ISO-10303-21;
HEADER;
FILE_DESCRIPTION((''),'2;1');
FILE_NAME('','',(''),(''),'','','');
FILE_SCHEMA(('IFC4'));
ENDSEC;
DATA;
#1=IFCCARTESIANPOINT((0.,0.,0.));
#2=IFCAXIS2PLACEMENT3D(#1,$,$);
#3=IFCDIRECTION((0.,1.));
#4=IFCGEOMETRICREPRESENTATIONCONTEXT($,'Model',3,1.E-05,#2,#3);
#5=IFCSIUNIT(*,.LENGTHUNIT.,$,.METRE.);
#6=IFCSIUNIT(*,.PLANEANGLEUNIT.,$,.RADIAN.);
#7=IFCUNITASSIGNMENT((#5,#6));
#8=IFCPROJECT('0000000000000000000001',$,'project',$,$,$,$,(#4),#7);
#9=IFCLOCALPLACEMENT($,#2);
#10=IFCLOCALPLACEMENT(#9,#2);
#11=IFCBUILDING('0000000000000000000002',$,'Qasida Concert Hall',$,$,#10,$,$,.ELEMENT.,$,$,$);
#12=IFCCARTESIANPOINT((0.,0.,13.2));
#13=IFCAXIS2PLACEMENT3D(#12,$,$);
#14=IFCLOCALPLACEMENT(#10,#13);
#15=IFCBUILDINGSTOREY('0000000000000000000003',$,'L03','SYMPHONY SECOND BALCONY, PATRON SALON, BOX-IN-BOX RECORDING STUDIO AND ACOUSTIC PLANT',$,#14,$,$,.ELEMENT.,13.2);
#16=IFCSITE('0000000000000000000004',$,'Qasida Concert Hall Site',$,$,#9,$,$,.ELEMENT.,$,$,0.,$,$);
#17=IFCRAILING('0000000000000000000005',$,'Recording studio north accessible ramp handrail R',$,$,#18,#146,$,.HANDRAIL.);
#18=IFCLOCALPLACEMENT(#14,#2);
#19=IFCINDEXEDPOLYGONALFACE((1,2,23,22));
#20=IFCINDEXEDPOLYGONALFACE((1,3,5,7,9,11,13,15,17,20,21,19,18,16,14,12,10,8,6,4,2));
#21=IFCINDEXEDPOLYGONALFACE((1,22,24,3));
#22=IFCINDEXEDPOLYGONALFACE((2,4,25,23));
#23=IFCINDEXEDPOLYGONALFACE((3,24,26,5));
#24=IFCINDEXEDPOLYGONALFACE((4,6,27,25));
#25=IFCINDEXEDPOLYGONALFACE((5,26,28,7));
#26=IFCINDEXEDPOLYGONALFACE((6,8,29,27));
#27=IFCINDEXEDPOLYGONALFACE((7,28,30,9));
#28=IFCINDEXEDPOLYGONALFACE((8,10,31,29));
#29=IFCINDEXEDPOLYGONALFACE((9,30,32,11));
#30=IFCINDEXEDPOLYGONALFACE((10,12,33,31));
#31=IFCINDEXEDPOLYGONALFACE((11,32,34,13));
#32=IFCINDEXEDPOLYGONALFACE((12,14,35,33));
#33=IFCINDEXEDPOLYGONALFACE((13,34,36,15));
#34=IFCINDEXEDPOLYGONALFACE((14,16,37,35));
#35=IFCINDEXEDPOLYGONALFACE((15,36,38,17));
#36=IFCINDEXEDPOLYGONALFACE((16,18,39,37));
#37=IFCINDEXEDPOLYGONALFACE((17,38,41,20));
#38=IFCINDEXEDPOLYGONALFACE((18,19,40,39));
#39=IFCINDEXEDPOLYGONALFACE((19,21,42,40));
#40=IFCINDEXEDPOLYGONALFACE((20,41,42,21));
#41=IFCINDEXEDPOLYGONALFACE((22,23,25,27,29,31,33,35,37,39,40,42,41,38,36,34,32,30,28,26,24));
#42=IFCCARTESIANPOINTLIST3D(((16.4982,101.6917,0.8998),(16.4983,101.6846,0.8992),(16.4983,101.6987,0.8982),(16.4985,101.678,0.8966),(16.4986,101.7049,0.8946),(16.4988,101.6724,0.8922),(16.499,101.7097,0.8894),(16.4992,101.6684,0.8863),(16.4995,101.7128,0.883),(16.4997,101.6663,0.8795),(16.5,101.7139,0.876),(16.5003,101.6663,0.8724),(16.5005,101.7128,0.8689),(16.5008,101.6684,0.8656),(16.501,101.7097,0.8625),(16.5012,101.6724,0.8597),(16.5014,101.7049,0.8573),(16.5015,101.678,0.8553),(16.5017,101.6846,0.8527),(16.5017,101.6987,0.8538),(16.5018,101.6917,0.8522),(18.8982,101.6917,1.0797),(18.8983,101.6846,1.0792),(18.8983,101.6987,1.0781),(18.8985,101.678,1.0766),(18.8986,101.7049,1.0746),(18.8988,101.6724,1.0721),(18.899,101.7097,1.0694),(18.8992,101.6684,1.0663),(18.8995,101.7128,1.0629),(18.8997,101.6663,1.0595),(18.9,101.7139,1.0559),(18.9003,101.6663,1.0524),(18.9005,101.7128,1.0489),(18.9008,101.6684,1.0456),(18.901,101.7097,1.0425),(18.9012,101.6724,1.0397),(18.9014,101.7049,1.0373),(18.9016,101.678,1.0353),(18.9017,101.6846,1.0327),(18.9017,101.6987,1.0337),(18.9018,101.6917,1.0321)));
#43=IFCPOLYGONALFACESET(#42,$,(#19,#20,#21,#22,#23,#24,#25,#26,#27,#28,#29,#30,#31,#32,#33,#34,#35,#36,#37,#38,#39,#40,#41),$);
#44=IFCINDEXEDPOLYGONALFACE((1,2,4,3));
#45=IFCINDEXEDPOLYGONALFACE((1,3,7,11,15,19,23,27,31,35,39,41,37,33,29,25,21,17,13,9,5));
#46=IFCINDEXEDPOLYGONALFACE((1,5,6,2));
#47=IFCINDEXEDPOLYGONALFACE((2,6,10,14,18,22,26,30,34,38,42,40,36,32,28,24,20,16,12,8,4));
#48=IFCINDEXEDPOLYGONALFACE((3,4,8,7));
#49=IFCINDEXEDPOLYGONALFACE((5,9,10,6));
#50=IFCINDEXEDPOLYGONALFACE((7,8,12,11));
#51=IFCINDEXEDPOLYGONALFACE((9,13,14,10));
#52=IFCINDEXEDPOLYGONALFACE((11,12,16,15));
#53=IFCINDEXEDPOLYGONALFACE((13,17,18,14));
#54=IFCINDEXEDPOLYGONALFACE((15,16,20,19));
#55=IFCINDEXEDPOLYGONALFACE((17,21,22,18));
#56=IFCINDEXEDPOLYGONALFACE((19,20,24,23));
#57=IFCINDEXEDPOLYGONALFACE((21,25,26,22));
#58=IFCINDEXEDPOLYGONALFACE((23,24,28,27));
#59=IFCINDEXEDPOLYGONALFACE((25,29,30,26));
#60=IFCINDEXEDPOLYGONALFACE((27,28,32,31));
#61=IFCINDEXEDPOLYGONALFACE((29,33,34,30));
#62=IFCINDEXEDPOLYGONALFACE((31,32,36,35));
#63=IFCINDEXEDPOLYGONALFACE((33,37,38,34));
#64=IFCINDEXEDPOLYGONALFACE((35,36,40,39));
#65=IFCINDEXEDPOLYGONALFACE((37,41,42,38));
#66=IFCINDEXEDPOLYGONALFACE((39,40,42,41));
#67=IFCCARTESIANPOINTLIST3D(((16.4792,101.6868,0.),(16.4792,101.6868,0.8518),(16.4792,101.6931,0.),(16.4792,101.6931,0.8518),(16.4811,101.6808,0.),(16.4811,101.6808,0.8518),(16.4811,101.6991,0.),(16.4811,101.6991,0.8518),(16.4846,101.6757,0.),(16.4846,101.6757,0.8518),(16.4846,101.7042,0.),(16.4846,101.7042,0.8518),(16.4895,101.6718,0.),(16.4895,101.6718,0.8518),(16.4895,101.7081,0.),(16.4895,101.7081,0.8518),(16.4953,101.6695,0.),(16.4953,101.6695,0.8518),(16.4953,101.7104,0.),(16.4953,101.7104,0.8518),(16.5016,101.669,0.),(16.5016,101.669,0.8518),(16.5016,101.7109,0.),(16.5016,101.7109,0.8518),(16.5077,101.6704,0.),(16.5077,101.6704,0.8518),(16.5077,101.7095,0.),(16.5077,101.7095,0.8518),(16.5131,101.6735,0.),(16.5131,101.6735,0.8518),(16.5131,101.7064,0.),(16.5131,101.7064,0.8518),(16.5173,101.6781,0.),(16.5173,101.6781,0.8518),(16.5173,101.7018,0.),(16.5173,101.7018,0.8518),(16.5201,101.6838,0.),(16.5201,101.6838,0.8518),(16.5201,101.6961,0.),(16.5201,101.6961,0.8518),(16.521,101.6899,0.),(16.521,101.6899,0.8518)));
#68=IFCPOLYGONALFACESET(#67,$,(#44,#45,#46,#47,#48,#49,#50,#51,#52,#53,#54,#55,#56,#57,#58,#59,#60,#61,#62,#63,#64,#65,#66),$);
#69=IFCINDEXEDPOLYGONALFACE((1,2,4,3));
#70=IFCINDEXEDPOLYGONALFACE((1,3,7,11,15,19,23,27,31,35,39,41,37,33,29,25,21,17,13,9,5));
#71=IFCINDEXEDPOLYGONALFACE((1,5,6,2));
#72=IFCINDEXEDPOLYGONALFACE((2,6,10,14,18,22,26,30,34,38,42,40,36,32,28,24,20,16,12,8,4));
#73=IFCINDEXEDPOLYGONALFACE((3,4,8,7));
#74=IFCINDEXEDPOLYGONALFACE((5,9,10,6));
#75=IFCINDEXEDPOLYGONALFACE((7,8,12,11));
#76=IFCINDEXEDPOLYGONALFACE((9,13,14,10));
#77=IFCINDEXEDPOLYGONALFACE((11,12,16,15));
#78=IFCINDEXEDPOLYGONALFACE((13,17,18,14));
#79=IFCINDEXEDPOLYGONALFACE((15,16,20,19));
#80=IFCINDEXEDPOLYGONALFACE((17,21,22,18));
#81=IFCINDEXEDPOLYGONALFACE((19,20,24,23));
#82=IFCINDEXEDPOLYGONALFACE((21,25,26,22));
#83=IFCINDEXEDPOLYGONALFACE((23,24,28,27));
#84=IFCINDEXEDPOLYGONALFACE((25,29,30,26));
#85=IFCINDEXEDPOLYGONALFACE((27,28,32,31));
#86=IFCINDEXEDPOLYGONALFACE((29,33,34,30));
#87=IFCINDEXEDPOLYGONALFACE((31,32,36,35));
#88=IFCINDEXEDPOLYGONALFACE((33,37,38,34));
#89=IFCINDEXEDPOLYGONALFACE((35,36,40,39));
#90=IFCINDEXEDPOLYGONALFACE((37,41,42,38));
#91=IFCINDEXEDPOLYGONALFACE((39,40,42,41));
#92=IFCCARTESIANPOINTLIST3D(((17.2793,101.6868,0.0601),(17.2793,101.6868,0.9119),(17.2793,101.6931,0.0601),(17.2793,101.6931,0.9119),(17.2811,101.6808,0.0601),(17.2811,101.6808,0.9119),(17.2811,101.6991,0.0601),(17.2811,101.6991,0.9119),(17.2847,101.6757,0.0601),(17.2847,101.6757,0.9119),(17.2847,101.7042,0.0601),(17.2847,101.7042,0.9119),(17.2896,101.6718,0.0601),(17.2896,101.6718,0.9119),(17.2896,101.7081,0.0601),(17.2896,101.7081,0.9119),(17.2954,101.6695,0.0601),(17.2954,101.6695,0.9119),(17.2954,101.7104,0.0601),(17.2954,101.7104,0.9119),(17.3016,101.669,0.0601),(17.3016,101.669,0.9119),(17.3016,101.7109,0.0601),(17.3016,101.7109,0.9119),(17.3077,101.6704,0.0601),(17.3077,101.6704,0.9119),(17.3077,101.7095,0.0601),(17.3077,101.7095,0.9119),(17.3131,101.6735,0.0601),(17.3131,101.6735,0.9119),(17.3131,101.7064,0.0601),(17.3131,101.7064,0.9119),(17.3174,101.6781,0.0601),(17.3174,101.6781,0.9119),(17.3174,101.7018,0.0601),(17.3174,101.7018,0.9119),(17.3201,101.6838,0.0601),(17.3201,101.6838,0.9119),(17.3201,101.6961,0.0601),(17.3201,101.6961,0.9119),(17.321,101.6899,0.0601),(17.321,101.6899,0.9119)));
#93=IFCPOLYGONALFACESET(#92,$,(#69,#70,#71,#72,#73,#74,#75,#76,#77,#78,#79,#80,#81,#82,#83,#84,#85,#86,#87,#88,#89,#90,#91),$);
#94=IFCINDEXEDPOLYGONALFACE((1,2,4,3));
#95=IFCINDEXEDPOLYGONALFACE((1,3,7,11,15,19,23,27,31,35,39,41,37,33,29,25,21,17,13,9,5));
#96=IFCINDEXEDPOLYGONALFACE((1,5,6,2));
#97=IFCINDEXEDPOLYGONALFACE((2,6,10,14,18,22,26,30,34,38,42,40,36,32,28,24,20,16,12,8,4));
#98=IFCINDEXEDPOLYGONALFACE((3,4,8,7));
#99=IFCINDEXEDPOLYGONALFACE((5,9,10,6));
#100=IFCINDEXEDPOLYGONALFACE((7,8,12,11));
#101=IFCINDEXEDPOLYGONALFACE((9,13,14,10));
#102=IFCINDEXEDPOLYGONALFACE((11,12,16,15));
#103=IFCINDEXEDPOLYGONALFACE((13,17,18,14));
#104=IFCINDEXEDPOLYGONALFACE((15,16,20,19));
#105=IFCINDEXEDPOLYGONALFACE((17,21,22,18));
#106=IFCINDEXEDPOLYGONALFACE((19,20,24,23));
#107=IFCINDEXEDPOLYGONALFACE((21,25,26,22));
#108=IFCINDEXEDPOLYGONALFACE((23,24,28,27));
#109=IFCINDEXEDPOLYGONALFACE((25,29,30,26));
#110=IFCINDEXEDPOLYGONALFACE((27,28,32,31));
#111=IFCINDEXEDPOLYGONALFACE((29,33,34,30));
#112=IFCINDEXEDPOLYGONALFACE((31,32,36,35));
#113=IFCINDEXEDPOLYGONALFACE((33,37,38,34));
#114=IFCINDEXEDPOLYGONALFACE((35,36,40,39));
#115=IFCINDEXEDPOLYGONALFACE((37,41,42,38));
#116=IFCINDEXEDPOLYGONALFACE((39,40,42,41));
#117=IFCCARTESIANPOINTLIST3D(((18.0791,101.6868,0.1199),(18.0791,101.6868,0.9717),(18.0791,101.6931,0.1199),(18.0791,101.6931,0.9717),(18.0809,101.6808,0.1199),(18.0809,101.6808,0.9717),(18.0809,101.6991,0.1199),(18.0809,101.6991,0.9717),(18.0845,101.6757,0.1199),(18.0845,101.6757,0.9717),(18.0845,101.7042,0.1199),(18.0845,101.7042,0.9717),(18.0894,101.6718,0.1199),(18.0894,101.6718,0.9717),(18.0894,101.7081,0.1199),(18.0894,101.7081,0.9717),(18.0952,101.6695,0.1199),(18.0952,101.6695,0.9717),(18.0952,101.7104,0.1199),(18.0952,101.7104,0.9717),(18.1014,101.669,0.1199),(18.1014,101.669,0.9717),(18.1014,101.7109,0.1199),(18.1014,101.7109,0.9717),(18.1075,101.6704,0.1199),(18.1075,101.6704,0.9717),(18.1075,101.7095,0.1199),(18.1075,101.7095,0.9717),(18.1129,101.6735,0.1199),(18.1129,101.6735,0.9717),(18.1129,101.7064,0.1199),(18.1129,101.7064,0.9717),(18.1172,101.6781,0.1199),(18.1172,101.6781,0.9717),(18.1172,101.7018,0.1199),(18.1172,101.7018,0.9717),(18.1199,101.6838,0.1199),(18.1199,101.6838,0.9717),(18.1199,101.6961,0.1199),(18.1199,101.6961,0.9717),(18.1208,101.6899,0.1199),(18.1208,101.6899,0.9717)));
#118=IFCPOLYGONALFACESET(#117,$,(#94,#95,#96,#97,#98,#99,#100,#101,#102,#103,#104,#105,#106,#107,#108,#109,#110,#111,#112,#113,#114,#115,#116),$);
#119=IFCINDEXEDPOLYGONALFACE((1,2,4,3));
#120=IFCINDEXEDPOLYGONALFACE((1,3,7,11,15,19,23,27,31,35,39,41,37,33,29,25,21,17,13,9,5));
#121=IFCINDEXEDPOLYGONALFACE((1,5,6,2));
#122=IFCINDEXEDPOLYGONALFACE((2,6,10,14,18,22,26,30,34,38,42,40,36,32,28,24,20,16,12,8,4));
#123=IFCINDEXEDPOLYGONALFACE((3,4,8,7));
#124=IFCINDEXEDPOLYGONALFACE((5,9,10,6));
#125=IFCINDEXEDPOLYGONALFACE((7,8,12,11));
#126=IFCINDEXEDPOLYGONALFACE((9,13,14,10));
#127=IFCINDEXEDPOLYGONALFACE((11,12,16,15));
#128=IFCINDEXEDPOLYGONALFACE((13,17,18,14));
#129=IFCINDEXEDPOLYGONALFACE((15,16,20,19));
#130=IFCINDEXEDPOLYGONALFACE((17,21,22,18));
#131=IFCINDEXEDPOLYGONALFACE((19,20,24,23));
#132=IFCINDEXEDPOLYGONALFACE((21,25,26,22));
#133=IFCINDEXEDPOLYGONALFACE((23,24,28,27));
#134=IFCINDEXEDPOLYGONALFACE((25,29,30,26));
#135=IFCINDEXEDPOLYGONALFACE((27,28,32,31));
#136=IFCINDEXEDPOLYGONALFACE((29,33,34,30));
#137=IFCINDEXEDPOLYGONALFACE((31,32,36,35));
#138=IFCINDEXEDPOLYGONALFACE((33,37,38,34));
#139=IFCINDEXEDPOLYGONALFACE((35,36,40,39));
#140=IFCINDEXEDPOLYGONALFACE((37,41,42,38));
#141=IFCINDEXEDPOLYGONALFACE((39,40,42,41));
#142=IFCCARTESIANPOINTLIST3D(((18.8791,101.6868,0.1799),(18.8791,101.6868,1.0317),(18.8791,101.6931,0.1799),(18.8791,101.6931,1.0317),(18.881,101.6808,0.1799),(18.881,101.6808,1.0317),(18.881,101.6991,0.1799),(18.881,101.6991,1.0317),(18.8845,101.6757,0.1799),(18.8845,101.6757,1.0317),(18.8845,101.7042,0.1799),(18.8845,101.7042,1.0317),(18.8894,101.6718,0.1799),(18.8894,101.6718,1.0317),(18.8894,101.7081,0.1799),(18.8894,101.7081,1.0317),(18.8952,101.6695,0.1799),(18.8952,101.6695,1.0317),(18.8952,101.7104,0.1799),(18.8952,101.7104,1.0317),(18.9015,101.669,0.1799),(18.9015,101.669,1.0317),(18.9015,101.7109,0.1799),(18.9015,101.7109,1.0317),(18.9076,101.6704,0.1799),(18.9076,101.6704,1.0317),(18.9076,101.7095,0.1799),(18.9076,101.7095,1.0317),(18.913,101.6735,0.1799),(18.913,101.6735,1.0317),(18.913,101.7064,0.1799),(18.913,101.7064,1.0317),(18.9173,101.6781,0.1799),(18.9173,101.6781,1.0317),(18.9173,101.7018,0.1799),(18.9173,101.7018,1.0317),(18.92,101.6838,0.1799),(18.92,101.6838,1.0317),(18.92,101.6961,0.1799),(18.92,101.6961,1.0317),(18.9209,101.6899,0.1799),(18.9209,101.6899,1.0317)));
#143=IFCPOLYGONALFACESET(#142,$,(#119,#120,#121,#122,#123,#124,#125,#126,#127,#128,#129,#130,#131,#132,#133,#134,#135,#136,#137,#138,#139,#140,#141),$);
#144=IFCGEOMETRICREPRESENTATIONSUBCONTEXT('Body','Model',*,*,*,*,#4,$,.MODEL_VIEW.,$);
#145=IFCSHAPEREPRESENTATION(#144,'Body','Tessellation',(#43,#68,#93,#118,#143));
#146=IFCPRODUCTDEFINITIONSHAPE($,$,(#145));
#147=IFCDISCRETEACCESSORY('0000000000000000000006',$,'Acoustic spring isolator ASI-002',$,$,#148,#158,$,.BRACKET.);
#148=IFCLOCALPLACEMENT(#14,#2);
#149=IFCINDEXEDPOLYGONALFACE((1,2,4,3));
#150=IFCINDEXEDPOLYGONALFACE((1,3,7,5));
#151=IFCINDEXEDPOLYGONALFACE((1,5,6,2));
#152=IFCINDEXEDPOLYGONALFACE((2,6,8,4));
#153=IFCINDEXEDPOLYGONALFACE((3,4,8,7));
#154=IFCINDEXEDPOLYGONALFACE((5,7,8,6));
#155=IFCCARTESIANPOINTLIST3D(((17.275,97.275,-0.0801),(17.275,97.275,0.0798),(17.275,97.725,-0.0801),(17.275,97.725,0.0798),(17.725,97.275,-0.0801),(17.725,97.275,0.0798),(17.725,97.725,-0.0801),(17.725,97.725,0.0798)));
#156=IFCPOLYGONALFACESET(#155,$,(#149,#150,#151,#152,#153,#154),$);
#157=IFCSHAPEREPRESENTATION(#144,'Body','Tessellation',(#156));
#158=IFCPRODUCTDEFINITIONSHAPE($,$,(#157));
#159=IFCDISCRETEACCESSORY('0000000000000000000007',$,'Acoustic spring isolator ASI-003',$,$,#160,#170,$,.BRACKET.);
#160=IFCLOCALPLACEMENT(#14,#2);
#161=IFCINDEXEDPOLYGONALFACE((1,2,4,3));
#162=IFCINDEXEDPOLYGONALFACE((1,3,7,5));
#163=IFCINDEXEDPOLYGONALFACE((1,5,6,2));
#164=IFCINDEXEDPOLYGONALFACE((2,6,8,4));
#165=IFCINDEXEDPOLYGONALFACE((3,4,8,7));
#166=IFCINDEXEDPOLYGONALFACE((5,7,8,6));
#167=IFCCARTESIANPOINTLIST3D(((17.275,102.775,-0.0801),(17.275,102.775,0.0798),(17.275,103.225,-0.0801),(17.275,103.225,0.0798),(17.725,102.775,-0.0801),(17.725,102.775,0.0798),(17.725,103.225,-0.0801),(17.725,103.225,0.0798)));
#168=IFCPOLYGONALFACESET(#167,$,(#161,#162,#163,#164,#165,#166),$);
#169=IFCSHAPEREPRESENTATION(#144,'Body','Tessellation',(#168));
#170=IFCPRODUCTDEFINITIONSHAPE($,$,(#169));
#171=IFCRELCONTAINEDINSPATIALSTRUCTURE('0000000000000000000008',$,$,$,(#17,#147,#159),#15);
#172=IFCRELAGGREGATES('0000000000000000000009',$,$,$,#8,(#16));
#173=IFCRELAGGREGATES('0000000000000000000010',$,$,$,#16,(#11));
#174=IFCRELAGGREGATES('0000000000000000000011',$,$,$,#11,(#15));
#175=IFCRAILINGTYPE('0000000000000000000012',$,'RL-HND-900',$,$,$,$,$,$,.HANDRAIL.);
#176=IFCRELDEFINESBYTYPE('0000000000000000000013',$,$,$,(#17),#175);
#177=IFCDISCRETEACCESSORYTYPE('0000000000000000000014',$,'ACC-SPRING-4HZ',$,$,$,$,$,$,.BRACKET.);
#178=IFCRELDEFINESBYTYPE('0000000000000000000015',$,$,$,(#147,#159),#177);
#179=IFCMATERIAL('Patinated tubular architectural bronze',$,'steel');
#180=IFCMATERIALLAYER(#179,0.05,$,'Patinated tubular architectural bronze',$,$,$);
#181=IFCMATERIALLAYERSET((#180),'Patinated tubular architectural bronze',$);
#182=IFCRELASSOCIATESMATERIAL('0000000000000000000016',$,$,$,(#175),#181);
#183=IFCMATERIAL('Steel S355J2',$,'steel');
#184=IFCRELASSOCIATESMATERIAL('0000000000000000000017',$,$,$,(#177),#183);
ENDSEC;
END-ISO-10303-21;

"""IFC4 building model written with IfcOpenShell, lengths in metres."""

from ifc_helpers import new_model, si_unit, direction, frame, origin, origin_2d, place, context, subcontext, project, spatial, rectangle, circle, extrude, material, layer, layer_set, type_object, element, save


model = new_model("IFC4")

# Units and contexts
model_context = context("Model", 3, precision=1e-05, world=origin(), true_north=direction((0.0, 1.0)))
body_context = subcontext(model_context, "Body", "Model", "MODEL_VIEW")
ifc_project = project(units=[si_unit("LENGTHUNIT", "METRE"), si_unit("PLANEANGLEUNIT", "RADIAN")], contexts=[model_context])

# Site, building, storey
site_placement = place(None, origin())
site = spatial("IfcSite", under=ifc_project, at=site_placement, Name="Qasida Concert Hall Site", CompositionType="ELEMENT", RefElevation=0.0)
building_placement = place(site_placement, origin())
building = spatial("IfcBuilding", under=site, at=building_placement, Name="Qasida Concert Hall", CompositionType="ELEMENT")
storey_placement = place(building_placement, frame((0.0, 0.0, 13.2)))
storey = spatial("IfcBuildingStorey", under=building, at=storey_placement, Name="L03", Description="SYMPHONY SECOND BALCONY, PATRON SALON, BOX-IN-BOX RECORDING STUDIO AND ACOUSTIC PLANT", CompositionType="ELEMENT", Elevation=13.2)

# Shared definitions
ifc_material_1 = material(Name="Steel S355J2", Category="steel")

# Railing
ifc_material_2 = material(Name="Patinated tubular architectural bronze", Category="steel")
ifc_layer_1 = layer(ifc_material_2, 0.05, Name="Patinated tubular architectural bronze")
ifc_layer_set_1 = layer_set([ifc_layer_1], Name="Patinated tubular architectural bronze")
railing_type_1 = type_object("IfcRailingType", Name="RL-HND-900", PredefinedType="HANDRAIL", material=ifc_layer_set_1)
for number, where, name in (
    (1, (16.5, 101.6899, 0.0), "Recording studio north accessible ramp handrail R"),
):
    element("IfcRailing", number, at=place(storey_placement, frame(where)), inside=storey, type_object=railing_type_1, Name=name, PredefinedType="HANDRAIL", context=body_context, shape_type="SweptSolid", body=[
        extrude(circle(Radius=0.0239, at=origin_2d()), frame((0.0, 0.0, 0.876), z_axis=(0.997201, 0.0, 0.074765), x_axis=(0.0, 1.0, 0.0)), (0.0, 0.0, 1.0), 2.4067),
        extrude(circle(Radius=0.021, at=origin_2d()), origin(), (0.0, 0.0, 1.0), 0.8518),
        extrude(circle(Radius=0.021, at=origin_2d()), frame((0.8, 0.0, 0.0601)), (0.0, 0.0, 1.0), 0.8518),
        extrude(circle(Radius=0.021, at=origin_2d()), frame((1.5999, 0.0, 0.1199)), (0.0, 0.0, 1.0), 0.8518),
        extrude(circle(Radius=0.021, at=origin_2d()), frame((2.3999, 0.0, 0.1799)), (0.0, 0.0, 1.0), 0.8518),
    ])

# Discrete accessories
discrete_accessory_type = type_object("IfcDiscreteAccessoryType", Name="ACC-SPRING-4HZ", PredefinedType="BRACKET", material=ifc_material_1)
for number, where, z_axis, x_axis, name in (
    (2, (17.5, 97.5, -0.0801), (0.0, 0.0, 1.0), (1.0, 0.0, 0.0), "Acoustic spring isolator ASI-002"),
    (3, (17.5, 103.0, -0.0801), (0.0, 0.0, 1.0), (1.0, 0.0, 0.0), "Acoustic spring isolator ASI-003"),
):
    element("IfcDiscreteAccessory", number, at=place(storey_placement, frame(where, z_axis=z_axis, x_axis=x_axis)), inside=storey, type_object=discrete_accessory_type, Name=name, PredefinedType="BRACKET", context=body_context, shape_type="SweptSolid", body=[
        extrude(rectangle(XDim=0.45, YDim=0.45, at=origin_2d()), origin(), (0.0, 0.0, 1.0), 0.1599),
    ])

save(model, "model.ifc")
